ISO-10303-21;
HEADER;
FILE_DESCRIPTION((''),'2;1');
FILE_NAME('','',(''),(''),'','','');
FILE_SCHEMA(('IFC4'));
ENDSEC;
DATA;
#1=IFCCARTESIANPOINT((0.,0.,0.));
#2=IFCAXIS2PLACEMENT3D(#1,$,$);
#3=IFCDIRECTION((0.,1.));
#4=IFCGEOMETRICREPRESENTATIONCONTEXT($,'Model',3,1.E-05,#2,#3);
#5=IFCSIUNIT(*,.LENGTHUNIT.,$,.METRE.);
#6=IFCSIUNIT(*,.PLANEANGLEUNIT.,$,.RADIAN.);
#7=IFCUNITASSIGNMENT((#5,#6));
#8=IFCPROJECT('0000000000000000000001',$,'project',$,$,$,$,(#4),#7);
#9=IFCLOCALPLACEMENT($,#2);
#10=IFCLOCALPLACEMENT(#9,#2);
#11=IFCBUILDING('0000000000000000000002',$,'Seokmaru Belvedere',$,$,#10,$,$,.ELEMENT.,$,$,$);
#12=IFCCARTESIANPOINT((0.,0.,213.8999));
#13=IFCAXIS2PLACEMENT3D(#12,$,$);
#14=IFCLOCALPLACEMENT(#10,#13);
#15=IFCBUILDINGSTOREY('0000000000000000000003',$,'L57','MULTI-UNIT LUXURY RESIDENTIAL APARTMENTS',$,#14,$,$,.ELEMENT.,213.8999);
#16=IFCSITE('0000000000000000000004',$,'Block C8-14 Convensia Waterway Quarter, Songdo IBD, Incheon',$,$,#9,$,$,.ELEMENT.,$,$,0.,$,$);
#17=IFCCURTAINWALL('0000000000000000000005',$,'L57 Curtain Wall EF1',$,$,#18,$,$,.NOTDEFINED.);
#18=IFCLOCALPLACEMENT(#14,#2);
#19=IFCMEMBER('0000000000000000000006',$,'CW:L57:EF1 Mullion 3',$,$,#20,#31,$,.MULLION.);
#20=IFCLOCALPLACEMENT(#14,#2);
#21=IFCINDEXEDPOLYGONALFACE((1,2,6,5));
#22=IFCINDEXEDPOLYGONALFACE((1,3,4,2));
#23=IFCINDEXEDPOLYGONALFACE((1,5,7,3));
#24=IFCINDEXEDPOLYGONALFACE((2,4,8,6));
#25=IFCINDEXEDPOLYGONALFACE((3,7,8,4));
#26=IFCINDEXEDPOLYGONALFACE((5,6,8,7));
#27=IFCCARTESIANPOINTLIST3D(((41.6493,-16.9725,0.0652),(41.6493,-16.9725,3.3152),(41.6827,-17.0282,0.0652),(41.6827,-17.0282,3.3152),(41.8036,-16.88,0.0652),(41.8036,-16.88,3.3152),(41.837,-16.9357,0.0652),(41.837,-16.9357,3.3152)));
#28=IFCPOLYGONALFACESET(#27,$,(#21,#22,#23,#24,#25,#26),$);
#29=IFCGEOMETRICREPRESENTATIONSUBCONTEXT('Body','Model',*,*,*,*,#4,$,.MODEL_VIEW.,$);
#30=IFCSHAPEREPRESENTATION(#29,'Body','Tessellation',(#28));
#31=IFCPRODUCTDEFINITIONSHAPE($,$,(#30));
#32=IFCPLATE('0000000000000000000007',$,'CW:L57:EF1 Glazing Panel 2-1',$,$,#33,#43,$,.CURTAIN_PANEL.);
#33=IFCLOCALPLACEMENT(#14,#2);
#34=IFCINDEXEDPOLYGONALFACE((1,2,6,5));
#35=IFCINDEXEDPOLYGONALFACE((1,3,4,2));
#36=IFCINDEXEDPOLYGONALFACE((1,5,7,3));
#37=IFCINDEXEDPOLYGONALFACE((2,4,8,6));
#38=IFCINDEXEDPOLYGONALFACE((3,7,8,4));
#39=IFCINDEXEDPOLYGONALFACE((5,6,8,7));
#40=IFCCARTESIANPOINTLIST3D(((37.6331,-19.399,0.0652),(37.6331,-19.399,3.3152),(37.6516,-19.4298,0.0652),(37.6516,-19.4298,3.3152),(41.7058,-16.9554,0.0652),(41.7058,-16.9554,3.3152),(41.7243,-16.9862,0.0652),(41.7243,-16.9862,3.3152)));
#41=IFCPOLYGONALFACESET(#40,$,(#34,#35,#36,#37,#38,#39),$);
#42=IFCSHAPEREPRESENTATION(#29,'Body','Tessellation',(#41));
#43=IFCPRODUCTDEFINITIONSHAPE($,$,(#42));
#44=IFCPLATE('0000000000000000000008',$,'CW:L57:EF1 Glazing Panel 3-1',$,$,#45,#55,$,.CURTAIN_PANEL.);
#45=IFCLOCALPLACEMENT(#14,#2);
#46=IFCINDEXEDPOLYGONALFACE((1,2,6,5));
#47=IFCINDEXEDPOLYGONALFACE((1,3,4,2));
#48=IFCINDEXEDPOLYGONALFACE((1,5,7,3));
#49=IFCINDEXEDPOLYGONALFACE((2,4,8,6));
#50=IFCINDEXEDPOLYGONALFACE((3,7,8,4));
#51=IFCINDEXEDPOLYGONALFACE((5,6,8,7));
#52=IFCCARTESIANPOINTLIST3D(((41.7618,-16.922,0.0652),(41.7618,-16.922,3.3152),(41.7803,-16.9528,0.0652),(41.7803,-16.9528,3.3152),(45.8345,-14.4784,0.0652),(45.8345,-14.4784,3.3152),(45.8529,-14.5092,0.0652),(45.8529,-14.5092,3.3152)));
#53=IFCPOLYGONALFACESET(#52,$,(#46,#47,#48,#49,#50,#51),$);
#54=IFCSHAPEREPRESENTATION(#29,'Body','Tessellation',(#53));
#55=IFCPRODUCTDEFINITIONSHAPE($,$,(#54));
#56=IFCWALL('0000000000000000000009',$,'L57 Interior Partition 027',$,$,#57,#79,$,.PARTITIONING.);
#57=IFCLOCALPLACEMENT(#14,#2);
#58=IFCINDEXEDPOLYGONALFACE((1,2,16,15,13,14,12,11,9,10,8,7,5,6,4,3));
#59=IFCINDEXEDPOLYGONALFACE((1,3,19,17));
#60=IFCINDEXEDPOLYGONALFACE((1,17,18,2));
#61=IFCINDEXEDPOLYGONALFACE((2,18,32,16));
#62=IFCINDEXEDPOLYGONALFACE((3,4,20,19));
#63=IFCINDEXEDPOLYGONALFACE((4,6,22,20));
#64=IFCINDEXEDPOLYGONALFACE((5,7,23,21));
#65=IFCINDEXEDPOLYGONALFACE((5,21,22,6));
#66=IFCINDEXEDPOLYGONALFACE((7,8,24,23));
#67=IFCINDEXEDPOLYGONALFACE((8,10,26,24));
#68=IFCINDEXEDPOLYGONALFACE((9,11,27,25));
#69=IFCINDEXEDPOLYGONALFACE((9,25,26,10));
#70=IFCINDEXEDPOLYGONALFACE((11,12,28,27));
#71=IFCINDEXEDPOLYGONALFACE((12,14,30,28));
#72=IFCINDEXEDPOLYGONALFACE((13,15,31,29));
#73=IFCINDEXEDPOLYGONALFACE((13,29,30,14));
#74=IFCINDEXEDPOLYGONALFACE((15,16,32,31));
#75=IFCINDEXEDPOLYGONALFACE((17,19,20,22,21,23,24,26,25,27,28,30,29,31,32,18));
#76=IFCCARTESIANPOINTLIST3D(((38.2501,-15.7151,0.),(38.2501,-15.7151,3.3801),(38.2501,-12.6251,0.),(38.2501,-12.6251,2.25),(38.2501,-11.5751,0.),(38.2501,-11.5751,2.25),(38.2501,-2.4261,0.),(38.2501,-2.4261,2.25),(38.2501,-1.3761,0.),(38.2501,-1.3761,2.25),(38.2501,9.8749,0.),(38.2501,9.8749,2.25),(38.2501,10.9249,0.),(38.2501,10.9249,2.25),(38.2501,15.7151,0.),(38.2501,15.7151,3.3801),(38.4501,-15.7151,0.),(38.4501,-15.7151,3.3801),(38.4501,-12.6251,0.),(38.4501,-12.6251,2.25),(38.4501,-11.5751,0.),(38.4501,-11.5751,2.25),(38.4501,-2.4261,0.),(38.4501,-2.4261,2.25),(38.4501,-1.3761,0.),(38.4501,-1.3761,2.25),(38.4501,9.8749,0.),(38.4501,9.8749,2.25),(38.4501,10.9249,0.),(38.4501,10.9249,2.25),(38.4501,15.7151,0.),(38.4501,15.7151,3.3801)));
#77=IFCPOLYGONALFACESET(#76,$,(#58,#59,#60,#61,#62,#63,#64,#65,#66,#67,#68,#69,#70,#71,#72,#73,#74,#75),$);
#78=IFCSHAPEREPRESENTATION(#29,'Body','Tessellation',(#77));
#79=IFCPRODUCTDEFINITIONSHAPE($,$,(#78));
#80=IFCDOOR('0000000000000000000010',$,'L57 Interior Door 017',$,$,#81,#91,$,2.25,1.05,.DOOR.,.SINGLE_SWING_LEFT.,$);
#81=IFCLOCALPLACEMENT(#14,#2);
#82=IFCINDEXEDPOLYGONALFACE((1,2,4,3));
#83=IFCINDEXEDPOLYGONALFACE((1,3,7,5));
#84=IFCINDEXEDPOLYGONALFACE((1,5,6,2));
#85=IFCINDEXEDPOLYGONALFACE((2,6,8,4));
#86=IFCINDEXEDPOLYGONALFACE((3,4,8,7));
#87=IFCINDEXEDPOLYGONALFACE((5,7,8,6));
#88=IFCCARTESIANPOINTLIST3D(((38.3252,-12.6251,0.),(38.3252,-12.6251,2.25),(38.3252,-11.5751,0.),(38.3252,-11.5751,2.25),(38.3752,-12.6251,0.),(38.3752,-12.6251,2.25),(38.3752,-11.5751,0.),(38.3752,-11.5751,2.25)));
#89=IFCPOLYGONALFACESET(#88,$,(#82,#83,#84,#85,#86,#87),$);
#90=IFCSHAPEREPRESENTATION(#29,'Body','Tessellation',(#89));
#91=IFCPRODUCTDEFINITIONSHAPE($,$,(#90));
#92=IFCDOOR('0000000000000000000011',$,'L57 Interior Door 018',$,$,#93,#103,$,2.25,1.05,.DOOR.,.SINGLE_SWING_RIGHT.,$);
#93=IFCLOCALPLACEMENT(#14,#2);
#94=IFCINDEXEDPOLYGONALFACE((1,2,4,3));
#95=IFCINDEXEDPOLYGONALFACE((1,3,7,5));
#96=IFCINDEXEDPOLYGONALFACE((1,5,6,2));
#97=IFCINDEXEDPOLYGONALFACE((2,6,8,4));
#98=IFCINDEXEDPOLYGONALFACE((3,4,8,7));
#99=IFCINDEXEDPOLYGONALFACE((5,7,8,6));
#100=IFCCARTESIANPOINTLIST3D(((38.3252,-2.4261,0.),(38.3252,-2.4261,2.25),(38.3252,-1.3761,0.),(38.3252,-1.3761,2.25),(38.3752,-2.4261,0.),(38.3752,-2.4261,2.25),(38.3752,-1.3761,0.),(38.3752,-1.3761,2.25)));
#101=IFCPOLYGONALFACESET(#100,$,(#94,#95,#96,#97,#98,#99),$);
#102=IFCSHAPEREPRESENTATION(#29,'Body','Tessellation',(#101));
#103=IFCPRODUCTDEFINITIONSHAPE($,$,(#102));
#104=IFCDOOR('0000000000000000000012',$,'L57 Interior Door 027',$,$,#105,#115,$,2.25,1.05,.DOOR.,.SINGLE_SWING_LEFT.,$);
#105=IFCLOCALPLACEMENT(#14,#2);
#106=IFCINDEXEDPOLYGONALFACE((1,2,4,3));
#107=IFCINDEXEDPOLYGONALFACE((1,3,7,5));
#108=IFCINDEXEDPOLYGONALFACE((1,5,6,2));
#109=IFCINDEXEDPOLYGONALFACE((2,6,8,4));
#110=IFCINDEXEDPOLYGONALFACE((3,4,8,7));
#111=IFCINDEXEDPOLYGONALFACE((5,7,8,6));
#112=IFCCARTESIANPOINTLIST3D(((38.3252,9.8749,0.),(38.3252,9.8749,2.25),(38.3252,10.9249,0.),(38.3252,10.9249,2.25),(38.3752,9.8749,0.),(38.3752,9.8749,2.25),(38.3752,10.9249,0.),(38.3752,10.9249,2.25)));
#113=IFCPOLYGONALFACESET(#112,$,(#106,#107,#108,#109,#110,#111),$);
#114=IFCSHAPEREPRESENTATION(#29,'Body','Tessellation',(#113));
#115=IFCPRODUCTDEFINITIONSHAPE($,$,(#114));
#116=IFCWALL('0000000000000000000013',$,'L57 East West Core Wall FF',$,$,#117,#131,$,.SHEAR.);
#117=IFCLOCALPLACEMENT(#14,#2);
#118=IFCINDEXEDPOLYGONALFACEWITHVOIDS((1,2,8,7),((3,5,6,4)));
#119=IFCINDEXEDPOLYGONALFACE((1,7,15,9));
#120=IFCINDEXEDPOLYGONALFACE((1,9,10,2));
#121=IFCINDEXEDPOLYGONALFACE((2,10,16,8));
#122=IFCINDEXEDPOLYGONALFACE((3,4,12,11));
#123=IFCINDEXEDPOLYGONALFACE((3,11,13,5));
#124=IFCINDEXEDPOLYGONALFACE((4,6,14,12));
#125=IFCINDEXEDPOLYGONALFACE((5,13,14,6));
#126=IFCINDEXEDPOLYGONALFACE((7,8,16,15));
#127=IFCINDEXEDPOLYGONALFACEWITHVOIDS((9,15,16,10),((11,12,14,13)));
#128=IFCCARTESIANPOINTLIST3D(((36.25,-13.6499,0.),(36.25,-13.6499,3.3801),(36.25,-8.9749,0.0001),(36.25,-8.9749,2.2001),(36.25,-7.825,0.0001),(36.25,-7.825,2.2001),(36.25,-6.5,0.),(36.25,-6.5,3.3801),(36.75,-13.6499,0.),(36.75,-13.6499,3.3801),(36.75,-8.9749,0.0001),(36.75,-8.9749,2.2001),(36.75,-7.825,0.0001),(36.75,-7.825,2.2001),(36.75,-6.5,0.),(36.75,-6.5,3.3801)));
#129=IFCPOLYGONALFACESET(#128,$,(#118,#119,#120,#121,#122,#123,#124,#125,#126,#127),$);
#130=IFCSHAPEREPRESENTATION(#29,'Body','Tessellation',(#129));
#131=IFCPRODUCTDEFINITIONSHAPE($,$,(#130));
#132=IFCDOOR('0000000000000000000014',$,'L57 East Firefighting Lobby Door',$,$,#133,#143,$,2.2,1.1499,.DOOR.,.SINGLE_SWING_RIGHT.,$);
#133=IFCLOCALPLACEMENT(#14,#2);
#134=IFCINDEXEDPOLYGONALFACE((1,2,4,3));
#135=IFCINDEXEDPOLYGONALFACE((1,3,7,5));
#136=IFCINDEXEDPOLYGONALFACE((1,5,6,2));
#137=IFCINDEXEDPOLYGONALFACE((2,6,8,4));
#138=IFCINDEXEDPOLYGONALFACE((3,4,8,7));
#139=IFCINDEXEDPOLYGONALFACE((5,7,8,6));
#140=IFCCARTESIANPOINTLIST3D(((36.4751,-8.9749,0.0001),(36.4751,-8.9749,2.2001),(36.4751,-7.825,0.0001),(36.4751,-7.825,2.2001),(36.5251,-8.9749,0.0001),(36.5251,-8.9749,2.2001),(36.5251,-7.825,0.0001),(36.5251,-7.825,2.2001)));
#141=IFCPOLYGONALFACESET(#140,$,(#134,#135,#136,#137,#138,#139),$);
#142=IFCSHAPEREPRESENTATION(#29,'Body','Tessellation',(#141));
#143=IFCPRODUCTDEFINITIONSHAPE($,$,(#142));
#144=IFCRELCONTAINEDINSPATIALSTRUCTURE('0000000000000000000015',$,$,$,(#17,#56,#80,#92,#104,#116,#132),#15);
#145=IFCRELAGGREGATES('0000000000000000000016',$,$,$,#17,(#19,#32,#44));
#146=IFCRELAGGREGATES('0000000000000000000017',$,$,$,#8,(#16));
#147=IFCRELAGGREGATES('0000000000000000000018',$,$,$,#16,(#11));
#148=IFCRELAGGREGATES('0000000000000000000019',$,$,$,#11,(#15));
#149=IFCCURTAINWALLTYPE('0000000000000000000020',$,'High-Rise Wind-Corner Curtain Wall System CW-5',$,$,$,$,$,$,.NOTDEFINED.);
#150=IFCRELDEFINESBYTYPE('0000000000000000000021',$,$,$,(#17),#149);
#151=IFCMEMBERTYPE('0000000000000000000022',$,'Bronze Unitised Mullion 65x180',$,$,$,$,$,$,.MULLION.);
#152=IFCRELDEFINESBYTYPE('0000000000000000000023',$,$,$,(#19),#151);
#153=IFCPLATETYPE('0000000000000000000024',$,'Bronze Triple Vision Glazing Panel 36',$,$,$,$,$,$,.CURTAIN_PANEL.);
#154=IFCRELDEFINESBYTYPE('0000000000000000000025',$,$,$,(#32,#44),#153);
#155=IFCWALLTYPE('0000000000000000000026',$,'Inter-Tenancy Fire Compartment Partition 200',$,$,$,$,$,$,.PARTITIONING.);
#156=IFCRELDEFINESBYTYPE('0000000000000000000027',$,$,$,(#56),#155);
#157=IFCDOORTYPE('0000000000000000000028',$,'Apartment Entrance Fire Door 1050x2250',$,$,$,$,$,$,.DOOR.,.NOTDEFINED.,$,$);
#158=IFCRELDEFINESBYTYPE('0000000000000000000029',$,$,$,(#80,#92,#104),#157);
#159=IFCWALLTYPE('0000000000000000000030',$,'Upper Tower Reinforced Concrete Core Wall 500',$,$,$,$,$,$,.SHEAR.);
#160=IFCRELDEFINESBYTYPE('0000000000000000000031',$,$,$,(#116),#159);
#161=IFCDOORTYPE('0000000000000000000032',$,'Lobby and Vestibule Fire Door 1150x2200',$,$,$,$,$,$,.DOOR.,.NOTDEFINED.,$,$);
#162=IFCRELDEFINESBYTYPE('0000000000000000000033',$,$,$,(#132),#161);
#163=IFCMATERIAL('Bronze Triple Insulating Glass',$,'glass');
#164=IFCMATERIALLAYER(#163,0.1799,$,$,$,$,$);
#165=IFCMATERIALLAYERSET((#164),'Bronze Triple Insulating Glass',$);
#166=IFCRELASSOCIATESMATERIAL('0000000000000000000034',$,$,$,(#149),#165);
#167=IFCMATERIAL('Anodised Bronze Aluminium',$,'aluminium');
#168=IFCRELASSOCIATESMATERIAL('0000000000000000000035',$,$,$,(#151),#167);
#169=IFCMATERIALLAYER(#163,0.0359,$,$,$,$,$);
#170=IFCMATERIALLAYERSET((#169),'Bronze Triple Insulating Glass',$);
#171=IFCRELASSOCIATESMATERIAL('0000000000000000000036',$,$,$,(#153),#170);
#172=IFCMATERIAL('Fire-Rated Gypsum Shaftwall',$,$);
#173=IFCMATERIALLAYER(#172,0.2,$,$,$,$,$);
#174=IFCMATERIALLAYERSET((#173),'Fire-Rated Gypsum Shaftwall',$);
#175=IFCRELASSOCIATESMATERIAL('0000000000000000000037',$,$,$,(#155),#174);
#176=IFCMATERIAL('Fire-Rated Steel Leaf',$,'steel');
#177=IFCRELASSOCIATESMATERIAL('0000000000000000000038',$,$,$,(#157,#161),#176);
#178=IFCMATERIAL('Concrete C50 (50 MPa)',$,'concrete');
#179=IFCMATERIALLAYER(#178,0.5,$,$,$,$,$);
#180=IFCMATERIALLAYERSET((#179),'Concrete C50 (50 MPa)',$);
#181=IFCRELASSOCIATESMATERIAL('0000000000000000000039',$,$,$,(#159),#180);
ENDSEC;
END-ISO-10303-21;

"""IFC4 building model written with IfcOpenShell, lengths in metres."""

from ifc_helpers import new_model, si_unit, direction, frame, frame_2d, origin, origin_2d, place, context, subcontext, project, spatial, rectangle, extrude, source, transform, mapped, material, layer, layer_set, material_profile, profile_set, type_object, type_shapes, element, fill, aggregate, save


model = new_model("IFC4")

# Units and contexts
model_context = context("Model", 3, precision=1e-05, world=origin(), true_north=direction((0.0, 1.0)))
body_context = subcontext(model_context, "Body", "Model", "MODEL_VIEW")
ifc_project = project(units=[si_unit("LENGTHUNIT", "METRE"), si_unit("PLANEANGLEUNIT", "RADIAN")], contexts=[model_context])

# Site, building, storey
site_placement = place(None, origin())
site = spatial("IfcSite", under=ifc_project, at=site_placement, Name="Block C8-14 Convensia Waterway Quarter, Songdo IBD, Incheon", CompositionType="ELEMENT", RefElevation=0.0)
building_placement = place(site_placement, origin())
building = spatial("IfcBuilding", under=site, at=building_placement, Name="Seokmaru Belvedere", CompositionType="ELEMENT")
storey_placement = place(building_placement, frame((0.0, 0.0, 213.8999)))
storey = spatial("IfcBuildingStorey", under=building, at=storey_placement, Name="L57", Description="MULTI-UNIT LUXURY RESIDENTIAL APARTMENTS", CompositionType="ELEMENT", Elevation=213.8999)

# Curtain wall, member, plates
ifc_material_1 = material(Name="Bronze Triple Insulating Glass", Category="glass")
ifc_layer_1 = layer(ifc_material_1, 0.1799)
ifc_layer_set_1 = layer_set([ifc_layer_1], Name="Bronze Triple Insulating Glass")
curtain_wall_type = type_object("IfcCurtainWallType", Name="High-Rise Wind-Corner Curtain Wall System CW-5", PredefinedType="NOTDEFINED", material=ifc_layer_set_1)
curtain_wall_placement = place(storey_placement, origin())
curtain_wall = element("IfcCurtainWall", 1, at=curtain_wall_placement, inside=storey, type_object=curtain_wall_type, Name="L57 Curtain Wall EF1", PredefinedType="NOTDEFINED")
ifc_material_2 = material(Name="Anodised Bronze Aluminium", Category="aluminium")
ifc_material_profile_1 = material_profile(ifc_material_2, rectangle(XDim=0.0649, YDim=0.1799, at=origin_2d()), Name="CW-M-65x180")
ifc_profile_set_1 = profile_set([ifc_material_profile_1], Name="Anodised Bronze Aluminium")
member_type = type_object("IfcMemberType", Name="Bronze Unitised Mullion 65x180", PredefinedType="MULLION", material=ifc_profile_set_1)
shared_shape_1 = source(origin(), body_context, "Body", "SweptSolid", [
    extrude(rectangle(XDim=0.0649, YDim=0.1799, at=origin_2d()), origin(), (0.0, 0.0, 1.0), 3.25),
])
type_shapes(member_type, [shared_shape_1])
member_1_placement = place(storey_placement, frame((41.7432, -16.9541, 0.0652), z_axis=(0.0, 0.0, 1.0), x_axis=(-0.514495, 0.857493, 0.0)))
member_1 = element("IfcMember", 2, at=member_1_placement, type_object=member_type, Name="CW:L57:EF1 Mullion 3", PredefinedType="MULLION", context=body_context, shape_type="MappedRepresentation", body=[
    mapped(shared_shape_1, transform((0.0, 0.0, 0.0), scale=1.0)),
])
ifc_layer_2 = layer(ifc_material_1, 0.0359)
ifc_layer_set_2 = layer_set([ifc_layer_2], Name="Bronze Triple Insulating Glass")
plate_type = type_object("IfcPlateType", Name="Bronze Triple Vision Glazing Panel 36", PredefinedType="CURTAIN_PANEL", material=ifc_layer_set_2)
shared_shape_2 = source(origin(), body_context, "Body", "SweptSolid", [
    extrude(rectangle(XDim=4.7495, YDim=0.0359, at=origin_2d()), origin(), (0.0, 0.0, 1.0), 3.25),
])
type_shapes(plate_type, [shared_shape_2])
plate_1_placement = place(storey_placement, frame((39.6787, -18.1926, 0.0652), z_axis=(0.0, 0.0, 1.0), x_axis=(0.857493, 0.514495, 0.0)))
plate_1 = element("IfcPlate", 3, at=plate_1_placement, type_object=plate_type, Name="CW:L57:EF1 Glazing Panel 2-1", PredefinedType="CURTAIN_PANEL", context=body_context, shape_type="MappedRepresentation", body=[
    mapped(shared_shape_2, transform((0.0, 0.0, 0.0), scale=1.0)),
])
plate_2_placement = place(storey_placement, frame((43.8074, -15.7156, 0.0652), z_axis=(0.0, 0.0, 1.0), x_axis=(0.857493, 0.514495, 0.0)))
plate_2 = element("IfcPlate", 4, at=plate_2_placement, type_object=plate_type, Name="CW:L57:EF1 Glazing Panel 3-1", PredefinedType="CURTAIN_PANEL", context=body_context, shape_type="MappedRepresentation", body=[
    mapped(shared_shape_2, transform((0.0, 0.0, 0.0), scale=1.0)),
])
aggregate(curtain_wall, [member_1, plate_1, plate_2])

# Wall, openings, doors
ifc_material_3 = material(Name="Fire-Rated Gypsum Shaftwall")
ifc_layer_3 = layer(ifc_material_3, 0.2)
ifc_layer_set_3 = layer_set([ifc_layer_3], Name="Fire-Rated Gypsum Shaftwall")
wall_type_1 = type_object("IfcWallType", Name="Inter-Tenancy Fire Compartment Partition 200", PredefinedType="PARTITIONING", material=ifc_layer_set_3)
wall_1_placement = place(storey_placement, frame((38.3501, -15.7151, 0.0), z_axis=(0.0, 0.0, 1.0), x_axis=(0.0, 1.0, 0.0)))
wall_1 = element("IfcWall", 5, at=wall_1_placement, inside=storey, type_object=wall_type_1, Name="L57 Interior Partition 027", PredefinedType="PARTITIONING", context=body_context, shape_type="SweptSolid", body=[
    extrude(rectangle(XDim=31.4302, YDim=0.2, at=frame_2d((15.7151, 0.0))), origin(), (0.0, 0.0, 1.0), 3.3801),
])
opening_1_placement = place(wall_1_placement, frame((3.0901, 0.0, 0.0)))
opening_1 = element("IfcOpeningElement", 6, at=opening_1_placement, cuts=wall_1, PredefinedType="OPENING", context=body_context, shape_type="SweptSolid", body=[
    extrude(rectangle(XDim=1.05, YDim=2.25, at=frame_2d((0.5249, 1.125))), frame((0.0, 0.1099, 0.0), z_axis=(0.0, -1.0, 0.0), x_axis=(1.0, 0.0, 0.0)), (0.0, 0.0, 1.0), 0.22),
])
opening_2_placement = place(wall_1_placement, frame((13.2891, 0.0, 0.0)))
opening_2 = element("IfcOpeningElement", 7, at=opening_2_placement, cuts=wall_1, PredefinedType="OPENING", context=body_context, shape_type="SweptSolid", body=[
    extrude(rectangle(XDim=1.05, YDim=2.25, at=frame_2d((0.5249, 1.125))), frame((0.0, 0.1099, 0.0), z_axis=(0.0, -1.0, 0.0), x_axis=(1.0, 0.0, 0.0)), (0.0, 0.0, 1.0), 0.22),
])
opening_3_placement = place(wall_1_placement, frame((25.5901, 0.0, 0.0)))
opening_3 = element("IfcOpeningElement", 8, at=opening_3_placement, cuts=wall_1, PredefinedType="OPENING", context=body_context, shape_type="SweptSolid", body=[
    extrude(rectangle(XDim=1.05, YDim=2.25, at=frame_2d((0.5249, 1.125))), frame((0.0, 0.1099, 0.0), z_axis=(0.0, -1.0, 0.0), x_axis=(1.0, 0.0, 0.0)), (0.0, 0.0, 1.0), 0.22),
])
ifc_material_4 = material(Name="Fire-Rated Steel Leaf", Category="steel")
door_type_1 = type_object("IfcDoorType", Name="Apartment Entrance Fire Door 1050x2250", OperationType="NOTDEFINED", PredefinedType="DOOR", material=ifc_material_4)
shared_shape_3 = source(origin(), body_context, "Body", "SweptSolid", [
    extrude(rectangle(XDim=1.05, YDim=2.25, at=frame_2d((0.5249, 1.125))), frame((0.0, 0.0249, 0.0), z_axis=(0.0, -1.0, 0.0), x_axis=(1.0, 0.0, 0.0)), (0.0, 0.0, 1.0), 0.05),
])
type_shapes(door_type_1, [shared_shape_3])
door_1_placement = place(opening_1_placement, origin())
door_1 = element("IfcDoor", 9, at=door_1_placement, inside=storey, type_object=door_type_1, Name="L57 Interior Door 017", OperationType="SINGLE_SWING_LEFT", OverallHeight=2.25, OverallWidth=1.05, PredefinedType="DOOR", context=body_context, shape_type="MappedRepresentation", body=[
    mapped(shared_shape_3, transform((0.0, 0.0, 0.0), scale=1.0)),
])
fill(opening_1, door_1)
door_2_placement = place(opening_2_placement, origin())
door_2 = element("IfcDoor", 10, at=door_2_placement, inside=storey, type_object=door_type_1, Name="L57 Interior Door 018", OperationType="SINGLE_SWING_RIGHT", OverallHeight=2.25, OverallWidth=1.05, PredefinedType="DOOR", context=body_context, shape_type="MappedRepresentation", body=[
    mapped(shared_shape_3, transform((0.0, 0.0, 0.0), scale=1.0)),
])
fill(opening_2, door_2)
door_3_placement = place(opening_3_placement, origin())
door_3 = element("IfcDoor", 11, at=door_3_placement, inside=storey, type_object=door_type_1, Name="L57 Interior Door 027", OperationType="SINGLE_SWING_LEFT", OverallHeight=2.25, OverallWidth=1.05, PredefinedType="DOOR", context=body_context, shape_type="MappedRepresentation", body=[
    mapped(shared_shape_3, transform((0.0, 0.0, 0.0), scale=1.0)),
])
fill(opening_3, door_3)

# Wall, opening, door
ifc_material_5 = material(Name="Concrete C50 (50 MPa)", Category="concrete")
ifc_layer_4 = layer(ifc_material_5, 0.5)
ifc_layer_set_4 = layer_set([ifc_layer_4], Name="Concrete C50 (50 MPa)")
wall_type_2 = type_object("IfcWallType", Name="Upper Tower Reinforced Concrete Core Wall 500", PredefinedType="SHEAR", material=ifc_layer_set_4)
wall_2_placement = place(storey_placement, frame((36.5, -13.6499, 0.0), z_axis=(0.0, 0.0, 1.0), x_axis=(0.0, 1.0, 0.0)))
wall_2 = element("IfcWall", 12, at=wall_2_placement, inside=storey, type_object=wall_type_2, Name="L57 East West Core Wall FF", PredefinedType="SHEAR", context=body_context, shape_type="SweptSolid", body=[
    extrude(rectangle(XDim=7.1499, YDim=0.5, at=frame_2d((3.575, 0.0))), origin(), (0.0, 0.0, 1.0), 3.3801),
])
opening_4_placement = place(wall_2_placement, frame((4.675, 0.0, 0.0)))
opening_4 = element("IfcOpeningElement", 13, at=opening_4_placement, cuts=wall_2, PredefinedType="OPENING", context=body_context, shape_type="SweptSolid", body=[
    extrude(rectangle(XDim=1.1499, YDim=2.2, at=frame_2d((0.575, 1.1001))), frame((0.0, 0.26, 0.0), z_axis=(0.0, -1.0, 0.0), x_axis=(1.0, 0.0, 0.0)), (0.0, 0.0, 1.0), 0.52),
])
door_type_2 = type_object("IfcDoorType", Name="Lobby and Vestibule Fire Door 1150x2200", OperationType="NOTDEFINED", PredefinedType="DOOR", material=ifc_material_4)
shared_shape_4 = source(origin(), body_context, "Body", "SweptSolid", [
    extrude(rectangle(XDim=1.1499, YDim=2.2, at=frame_2d((0.575, 1.1001))), frame((0.0, 0.0249, 0.0), z_axis=(0.0, -1.0, 0.0), x_axis=(1.0, 0.0, 0.0)), (0.0, 0.0, 1.0), 0.05),
])
type_shapes(door_type_2, [shared_shape_4])
door_4_placement = place(opening_4_placement, origin())
door_4 = element("IfcDoor", 14, at=door_4_placement, inside=storey, type_object=door_type_2, Name="L57 East Firefighting Lobby Door", OperationType="SINGLE_SWING_RIGHT", OverallHeight=2.2, OverallWidth=1.1499, PredefinedType="DOOR", context=body_context, shape_type="MappedRepresentation", body=[
    mapped(shared_shape_4, transform((0.0, 0.0, 0.0), scale=1.0)),
])
fill(opening_4, door_4)

save(model, "model.ifc")
